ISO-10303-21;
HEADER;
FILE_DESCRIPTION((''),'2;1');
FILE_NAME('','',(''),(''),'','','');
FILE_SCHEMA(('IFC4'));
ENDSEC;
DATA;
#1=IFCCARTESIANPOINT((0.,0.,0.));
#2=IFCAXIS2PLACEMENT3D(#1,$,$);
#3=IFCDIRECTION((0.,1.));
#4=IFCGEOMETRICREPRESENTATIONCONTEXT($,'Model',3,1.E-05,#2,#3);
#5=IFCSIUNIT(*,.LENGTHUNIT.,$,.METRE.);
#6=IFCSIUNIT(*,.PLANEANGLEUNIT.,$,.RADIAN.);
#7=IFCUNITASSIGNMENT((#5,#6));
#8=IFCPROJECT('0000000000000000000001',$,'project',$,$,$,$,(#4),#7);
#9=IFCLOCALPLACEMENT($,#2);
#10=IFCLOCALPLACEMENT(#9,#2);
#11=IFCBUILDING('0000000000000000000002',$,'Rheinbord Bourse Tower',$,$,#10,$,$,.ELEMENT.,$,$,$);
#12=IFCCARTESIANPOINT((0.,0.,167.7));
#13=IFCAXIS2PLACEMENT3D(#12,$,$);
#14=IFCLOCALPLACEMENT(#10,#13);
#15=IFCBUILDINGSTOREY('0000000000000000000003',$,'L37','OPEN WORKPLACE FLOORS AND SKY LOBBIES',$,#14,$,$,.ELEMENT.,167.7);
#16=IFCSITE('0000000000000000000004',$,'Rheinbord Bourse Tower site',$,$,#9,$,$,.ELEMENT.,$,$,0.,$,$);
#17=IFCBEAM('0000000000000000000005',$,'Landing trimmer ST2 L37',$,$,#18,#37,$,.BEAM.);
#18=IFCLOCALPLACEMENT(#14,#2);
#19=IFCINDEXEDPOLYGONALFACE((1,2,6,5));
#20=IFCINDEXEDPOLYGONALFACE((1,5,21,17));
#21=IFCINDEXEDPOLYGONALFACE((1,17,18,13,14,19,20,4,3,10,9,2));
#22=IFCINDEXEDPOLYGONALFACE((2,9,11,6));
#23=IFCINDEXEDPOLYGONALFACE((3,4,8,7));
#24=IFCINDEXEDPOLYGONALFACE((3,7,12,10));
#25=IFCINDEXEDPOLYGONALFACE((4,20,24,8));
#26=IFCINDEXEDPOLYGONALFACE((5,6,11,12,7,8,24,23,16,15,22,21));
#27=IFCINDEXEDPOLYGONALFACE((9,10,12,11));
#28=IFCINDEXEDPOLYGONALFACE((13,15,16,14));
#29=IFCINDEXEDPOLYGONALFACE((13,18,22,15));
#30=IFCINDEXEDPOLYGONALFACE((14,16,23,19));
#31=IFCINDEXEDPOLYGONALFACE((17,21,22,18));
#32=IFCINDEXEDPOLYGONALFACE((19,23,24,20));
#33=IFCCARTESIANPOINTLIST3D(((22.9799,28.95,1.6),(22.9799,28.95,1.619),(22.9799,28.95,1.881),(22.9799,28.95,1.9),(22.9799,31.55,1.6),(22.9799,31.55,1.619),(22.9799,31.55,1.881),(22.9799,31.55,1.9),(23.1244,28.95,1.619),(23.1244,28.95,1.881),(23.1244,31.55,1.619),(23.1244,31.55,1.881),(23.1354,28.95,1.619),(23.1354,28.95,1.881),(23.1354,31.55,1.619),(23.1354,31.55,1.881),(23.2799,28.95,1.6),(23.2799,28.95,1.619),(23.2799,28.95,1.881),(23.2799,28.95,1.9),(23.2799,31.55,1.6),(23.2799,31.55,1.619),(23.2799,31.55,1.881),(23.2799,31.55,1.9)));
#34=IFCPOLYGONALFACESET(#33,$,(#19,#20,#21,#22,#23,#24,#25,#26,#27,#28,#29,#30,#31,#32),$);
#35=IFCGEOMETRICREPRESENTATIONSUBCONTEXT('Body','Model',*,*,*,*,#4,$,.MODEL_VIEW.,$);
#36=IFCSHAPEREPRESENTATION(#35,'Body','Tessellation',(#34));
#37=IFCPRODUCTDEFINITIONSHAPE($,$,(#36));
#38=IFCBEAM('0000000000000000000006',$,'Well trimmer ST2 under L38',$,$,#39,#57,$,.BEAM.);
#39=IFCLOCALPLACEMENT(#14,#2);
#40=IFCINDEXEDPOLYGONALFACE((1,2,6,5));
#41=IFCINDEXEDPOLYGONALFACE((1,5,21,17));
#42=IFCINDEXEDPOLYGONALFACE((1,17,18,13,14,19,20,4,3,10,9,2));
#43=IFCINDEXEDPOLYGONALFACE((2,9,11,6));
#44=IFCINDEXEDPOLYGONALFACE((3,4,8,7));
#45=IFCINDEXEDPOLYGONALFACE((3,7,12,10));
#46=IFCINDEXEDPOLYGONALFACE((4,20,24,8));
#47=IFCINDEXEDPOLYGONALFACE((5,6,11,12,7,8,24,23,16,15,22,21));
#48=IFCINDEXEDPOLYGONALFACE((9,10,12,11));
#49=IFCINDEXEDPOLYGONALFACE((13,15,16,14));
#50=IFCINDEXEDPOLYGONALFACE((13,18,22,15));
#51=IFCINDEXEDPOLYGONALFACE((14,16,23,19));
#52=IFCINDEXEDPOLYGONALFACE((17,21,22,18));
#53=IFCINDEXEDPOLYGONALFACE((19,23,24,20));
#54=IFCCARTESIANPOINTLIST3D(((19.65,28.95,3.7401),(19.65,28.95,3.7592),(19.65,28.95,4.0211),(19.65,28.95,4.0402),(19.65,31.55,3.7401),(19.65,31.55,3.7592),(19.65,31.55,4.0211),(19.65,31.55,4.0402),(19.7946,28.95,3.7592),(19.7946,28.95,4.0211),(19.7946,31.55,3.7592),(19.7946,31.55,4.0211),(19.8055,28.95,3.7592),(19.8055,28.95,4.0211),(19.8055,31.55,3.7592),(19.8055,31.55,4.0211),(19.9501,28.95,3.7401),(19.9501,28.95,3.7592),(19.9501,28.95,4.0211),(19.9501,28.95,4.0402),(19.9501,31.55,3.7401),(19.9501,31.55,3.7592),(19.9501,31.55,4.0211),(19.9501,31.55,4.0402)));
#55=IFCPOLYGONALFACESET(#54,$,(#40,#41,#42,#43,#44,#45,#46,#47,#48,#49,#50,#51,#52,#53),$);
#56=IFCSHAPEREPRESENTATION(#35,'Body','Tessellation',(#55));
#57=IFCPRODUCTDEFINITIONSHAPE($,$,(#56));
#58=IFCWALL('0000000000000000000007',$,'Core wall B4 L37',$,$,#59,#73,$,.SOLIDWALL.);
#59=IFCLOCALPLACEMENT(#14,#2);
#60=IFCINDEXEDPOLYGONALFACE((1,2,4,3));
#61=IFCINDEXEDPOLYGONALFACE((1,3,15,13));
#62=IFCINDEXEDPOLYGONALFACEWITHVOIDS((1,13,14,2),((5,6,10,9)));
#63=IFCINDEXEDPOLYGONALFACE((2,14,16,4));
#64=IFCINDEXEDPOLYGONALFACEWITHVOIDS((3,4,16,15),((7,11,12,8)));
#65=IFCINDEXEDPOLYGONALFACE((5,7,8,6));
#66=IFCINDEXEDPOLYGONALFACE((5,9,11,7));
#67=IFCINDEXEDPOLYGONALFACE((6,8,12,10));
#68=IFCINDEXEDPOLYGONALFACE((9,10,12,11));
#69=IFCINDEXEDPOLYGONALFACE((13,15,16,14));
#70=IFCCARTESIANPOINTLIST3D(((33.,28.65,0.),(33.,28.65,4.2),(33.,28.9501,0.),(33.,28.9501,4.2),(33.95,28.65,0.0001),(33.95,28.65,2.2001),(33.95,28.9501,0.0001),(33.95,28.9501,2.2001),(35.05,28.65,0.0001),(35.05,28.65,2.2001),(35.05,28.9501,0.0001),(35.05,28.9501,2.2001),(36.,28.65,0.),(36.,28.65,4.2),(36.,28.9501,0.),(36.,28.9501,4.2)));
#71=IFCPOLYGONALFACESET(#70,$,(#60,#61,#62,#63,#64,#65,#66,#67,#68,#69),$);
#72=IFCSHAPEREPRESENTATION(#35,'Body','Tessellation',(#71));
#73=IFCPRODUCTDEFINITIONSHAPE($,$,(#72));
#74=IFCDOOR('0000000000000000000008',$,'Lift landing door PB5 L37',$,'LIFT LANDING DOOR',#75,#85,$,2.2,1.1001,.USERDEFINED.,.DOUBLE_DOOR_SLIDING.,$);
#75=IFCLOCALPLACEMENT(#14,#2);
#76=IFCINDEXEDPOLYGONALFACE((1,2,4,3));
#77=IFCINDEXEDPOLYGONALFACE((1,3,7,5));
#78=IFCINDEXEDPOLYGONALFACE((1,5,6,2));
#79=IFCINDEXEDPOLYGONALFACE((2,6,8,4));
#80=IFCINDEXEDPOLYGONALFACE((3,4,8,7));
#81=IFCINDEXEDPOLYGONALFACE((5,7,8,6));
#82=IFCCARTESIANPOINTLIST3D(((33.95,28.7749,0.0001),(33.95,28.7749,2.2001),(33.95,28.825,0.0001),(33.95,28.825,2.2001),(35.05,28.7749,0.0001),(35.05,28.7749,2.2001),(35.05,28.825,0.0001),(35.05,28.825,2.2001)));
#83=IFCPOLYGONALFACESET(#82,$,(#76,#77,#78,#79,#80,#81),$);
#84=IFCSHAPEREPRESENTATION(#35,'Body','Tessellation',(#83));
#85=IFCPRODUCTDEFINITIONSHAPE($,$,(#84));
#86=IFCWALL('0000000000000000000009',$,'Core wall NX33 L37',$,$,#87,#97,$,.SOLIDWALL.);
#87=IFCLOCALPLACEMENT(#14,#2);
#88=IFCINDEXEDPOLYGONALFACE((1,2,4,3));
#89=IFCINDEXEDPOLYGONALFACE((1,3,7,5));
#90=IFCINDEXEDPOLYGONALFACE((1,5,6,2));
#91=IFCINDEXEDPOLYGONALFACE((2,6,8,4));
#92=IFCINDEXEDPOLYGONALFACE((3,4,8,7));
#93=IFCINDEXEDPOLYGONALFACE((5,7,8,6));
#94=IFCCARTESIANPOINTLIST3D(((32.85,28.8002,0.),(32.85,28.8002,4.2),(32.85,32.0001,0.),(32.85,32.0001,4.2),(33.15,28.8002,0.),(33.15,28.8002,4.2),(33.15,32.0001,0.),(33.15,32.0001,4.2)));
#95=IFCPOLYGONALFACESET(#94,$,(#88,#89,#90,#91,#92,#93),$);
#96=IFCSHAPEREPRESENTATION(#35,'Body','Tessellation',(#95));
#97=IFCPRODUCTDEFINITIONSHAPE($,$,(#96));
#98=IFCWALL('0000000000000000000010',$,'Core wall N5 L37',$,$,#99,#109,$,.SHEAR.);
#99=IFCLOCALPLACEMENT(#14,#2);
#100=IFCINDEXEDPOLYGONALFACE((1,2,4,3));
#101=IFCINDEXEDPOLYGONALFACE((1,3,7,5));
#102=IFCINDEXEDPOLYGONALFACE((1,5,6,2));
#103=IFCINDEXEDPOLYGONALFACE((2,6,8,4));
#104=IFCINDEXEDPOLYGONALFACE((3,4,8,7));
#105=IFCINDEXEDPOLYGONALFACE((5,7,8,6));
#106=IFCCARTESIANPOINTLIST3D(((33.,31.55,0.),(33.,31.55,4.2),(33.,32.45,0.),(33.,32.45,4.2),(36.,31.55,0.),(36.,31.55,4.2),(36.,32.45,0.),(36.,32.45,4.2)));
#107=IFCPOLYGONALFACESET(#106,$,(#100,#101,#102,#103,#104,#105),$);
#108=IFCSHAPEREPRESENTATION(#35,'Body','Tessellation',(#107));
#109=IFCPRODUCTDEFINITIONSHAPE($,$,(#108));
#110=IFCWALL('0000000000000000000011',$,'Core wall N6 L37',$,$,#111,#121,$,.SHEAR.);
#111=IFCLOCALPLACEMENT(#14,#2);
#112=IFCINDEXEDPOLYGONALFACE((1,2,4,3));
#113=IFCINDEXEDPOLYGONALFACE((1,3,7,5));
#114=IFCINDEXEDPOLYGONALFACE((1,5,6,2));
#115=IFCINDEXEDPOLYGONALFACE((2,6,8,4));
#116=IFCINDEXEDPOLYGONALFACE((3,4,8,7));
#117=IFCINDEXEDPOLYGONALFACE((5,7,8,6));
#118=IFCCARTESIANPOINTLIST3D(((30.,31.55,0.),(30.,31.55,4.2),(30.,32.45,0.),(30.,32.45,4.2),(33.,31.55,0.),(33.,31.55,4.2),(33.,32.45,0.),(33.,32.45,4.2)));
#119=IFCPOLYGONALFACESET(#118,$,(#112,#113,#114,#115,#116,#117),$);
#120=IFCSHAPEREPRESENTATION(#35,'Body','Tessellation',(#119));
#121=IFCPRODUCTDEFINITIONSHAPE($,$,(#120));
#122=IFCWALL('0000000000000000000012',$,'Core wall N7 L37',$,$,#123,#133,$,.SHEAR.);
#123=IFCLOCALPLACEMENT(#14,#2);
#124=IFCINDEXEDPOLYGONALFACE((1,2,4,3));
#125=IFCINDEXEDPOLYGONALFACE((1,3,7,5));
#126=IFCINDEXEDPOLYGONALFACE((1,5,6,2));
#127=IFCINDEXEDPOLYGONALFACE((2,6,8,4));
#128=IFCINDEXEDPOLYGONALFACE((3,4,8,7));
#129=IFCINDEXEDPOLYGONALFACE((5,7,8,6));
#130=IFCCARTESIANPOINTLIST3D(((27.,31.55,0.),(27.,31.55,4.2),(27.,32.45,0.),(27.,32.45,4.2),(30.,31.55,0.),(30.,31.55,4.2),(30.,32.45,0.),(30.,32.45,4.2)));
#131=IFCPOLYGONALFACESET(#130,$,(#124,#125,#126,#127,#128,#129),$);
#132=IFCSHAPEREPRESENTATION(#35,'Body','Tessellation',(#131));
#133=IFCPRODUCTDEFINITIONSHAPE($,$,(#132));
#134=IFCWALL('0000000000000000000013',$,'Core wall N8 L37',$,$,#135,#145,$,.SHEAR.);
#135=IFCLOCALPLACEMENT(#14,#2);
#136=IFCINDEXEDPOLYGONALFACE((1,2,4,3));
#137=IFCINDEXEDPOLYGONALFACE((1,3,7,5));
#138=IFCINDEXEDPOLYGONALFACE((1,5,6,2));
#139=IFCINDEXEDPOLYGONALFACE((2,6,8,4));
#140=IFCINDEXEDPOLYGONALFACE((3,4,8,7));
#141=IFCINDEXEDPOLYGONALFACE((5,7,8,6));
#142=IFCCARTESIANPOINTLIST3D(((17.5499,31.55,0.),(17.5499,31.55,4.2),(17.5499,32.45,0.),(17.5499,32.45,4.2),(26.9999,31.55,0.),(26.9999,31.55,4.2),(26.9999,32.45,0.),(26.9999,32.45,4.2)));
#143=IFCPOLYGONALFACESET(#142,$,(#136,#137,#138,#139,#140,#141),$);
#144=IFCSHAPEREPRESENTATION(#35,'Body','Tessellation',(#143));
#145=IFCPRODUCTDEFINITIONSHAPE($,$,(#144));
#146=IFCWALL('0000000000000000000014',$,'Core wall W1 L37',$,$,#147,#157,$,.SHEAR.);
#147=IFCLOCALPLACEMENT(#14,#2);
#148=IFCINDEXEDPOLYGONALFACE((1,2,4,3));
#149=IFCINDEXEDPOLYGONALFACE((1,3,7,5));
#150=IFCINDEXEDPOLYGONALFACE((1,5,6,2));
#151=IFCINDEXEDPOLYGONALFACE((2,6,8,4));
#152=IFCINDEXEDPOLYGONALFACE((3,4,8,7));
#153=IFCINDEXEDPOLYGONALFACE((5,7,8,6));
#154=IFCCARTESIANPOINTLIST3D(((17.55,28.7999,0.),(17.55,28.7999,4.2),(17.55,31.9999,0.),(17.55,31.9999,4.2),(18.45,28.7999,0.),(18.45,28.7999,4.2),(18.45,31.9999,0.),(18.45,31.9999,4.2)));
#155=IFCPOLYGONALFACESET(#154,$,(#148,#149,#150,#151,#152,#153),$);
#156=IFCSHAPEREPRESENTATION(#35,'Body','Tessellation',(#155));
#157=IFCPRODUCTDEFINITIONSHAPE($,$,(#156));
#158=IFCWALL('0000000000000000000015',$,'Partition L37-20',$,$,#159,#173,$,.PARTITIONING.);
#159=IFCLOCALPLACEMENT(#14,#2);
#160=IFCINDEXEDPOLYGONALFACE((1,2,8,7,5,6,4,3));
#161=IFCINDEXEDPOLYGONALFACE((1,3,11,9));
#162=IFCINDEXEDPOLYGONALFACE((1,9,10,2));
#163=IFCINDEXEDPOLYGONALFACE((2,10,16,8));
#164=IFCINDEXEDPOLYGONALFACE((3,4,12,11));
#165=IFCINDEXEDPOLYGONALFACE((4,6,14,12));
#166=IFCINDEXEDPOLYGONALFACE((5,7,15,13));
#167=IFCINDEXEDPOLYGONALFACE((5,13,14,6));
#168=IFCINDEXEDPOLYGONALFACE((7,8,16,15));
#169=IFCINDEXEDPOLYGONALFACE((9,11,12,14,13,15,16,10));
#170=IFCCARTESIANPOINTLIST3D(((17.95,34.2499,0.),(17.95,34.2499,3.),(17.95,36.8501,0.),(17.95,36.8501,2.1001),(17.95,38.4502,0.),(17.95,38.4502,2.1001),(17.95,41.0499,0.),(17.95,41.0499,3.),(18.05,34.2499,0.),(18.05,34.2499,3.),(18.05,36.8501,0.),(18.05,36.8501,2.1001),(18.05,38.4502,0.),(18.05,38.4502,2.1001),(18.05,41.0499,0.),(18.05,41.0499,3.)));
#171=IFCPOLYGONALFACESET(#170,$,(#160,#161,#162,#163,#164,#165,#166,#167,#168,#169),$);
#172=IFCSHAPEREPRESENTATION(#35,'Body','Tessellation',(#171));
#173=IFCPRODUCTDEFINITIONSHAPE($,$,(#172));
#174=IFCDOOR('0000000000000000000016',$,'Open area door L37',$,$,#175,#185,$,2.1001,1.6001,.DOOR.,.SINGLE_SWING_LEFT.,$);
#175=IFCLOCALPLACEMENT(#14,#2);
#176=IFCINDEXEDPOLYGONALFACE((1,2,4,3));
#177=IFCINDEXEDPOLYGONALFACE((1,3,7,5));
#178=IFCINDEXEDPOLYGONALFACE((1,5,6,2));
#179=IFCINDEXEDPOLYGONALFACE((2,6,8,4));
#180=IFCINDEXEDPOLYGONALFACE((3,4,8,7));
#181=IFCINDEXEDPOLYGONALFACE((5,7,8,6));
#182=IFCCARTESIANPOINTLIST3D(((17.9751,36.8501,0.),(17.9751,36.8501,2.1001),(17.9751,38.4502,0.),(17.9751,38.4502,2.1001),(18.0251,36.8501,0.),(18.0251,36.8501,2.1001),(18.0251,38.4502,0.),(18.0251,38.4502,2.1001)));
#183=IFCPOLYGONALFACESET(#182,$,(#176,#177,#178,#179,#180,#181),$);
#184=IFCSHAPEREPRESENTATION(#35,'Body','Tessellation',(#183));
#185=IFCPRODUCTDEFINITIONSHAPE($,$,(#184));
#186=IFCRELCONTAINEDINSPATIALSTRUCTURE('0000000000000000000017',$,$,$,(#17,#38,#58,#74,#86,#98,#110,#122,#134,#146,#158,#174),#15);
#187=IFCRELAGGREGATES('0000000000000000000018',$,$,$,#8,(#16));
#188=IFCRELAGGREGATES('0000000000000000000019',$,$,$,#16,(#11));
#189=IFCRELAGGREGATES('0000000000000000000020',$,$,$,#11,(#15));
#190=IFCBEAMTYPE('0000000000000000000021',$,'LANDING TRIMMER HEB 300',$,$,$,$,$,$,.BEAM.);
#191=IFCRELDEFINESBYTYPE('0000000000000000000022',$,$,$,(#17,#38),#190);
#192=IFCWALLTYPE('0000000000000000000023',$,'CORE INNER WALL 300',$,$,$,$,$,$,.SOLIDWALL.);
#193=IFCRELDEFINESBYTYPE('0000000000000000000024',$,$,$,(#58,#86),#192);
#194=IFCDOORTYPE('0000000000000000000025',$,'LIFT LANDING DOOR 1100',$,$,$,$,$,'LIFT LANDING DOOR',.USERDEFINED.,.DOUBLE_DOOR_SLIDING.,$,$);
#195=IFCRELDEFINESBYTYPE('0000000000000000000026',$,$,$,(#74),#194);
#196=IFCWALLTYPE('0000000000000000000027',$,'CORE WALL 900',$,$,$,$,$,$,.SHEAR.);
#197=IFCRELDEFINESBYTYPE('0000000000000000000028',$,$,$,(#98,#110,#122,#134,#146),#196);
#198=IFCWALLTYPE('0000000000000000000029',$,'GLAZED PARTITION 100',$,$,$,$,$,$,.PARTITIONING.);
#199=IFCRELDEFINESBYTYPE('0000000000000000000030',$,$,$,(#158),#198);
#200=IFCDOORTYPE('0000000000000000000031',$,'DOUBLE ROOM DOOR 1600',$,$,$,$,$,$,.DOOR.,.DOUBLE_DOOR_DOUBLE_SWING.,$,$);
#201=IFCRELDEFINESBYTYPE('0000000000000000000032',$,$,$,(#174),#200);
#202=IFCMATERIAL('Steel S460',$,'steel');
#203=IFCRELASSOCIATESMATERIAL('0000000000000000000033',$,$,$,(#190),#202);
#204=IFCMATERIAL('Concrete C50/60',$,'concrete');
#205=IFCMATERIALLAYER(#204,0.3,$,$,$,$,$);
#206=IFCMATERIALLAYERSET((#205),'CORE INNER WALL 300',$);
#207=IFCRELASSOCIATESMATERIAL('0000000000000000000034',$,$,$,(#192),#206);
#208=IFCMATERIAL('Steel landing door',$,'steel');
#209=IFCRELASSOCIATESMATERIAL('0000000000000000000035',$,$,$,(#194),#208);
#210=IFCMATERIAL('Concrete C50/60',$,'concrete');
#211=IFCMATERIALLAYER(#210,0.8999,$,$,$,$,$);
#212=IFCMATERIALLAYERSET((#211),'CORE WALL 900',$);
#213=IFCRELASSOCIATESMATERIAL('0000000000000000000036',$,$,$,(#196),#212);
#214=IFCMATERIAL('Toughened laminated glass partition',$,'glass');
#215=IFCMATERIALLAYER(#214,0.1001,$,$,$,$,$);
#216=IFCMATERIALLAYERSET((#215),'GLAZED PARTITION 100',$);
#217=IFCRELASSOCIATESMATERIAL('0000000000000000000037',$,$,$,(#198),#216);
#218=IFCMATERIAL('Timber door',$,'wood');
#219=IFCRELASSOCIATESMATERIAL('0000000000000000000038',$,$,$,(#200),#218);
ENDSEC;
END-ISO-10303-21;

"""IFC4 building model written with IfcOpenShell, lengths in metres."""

from ifc_helpers import new_model, si_unit, direction, frame, frame_2d, origin, origin_2d, place, context, subcontext, project, spatial, rectangle, i_section, extrude, material, layer, layer_set, material_profile, profile_set, type_object, element, fill, save


model = new_model("IFC4")

# Units and contexts
model_context = context("Model", 3, precision=1e-05, world=origin(), true_north=direction((0.0, 1.0)))
body_context = subcontext(model_context, "Body", "Model", "MODEL_VIEW")
ifc_project = project(units=[si_unit("LENGTHUNIT", "METRE"), si_unit("PLANEANGLEUNIT", "RADIAN")], contexts=[model_context])

# Site, building, storey
site_placement = place(None, origin())
site = spatial("IfcSite", under=ifc_project, at=site_placement, Name="Rheinbord Bourse Tower site", CompositionType="ELEMENT", RefElevation=0.0)
building_placement = place(site_placement, origin())
building = spatial("IfcBuilding", under=site, at=building_placement, Name="Rheinbord Bourse Tower", CompositionType="ELEMENT")
storey_placement = place(building_placement, frame((0.0, 0.0, 167.7)))
storey = spatial("IfcBuildingStorey", under=building, at=storey_placement, Name="L37", Description="OPEN WORKPLACE FLOORS AND SKY LOBBIES", CompositionType="ELEMENT", Elevation=167.7)

# Beams
ifc_material_1 = material(Name="Steel S460", Category="steel")
ifc_material_profile = material_profile(ifc_material_1, i_section(OverallWidth=0.3, OverallDepth=0.3, WebThickness=0.011, FlangeThickness=0.019, at=origin_2d()), Name="HEB 300")
ifc_profile_set = profile_set([ifc_material_profile], Name="Steel S460")
beam_type = type_object("IfcBeamType", Name="LANDING TRIMMER HEB 300", PredefinedType="BEAM", material=ifc_profile_set)
for number, where, z_axis, x_axis, name in (
    (1, (23.1299, 28.95, 1.75), (0.0, 1.0, 0.0), (-1.0, 0.0, 0.0), "Landing trimmer ST2 L37"),
    (2, (19.8, 28.95, 3.8901), (0.0, 1.0, 0.0), (-1.0, 0.0, 0.0), "Well trimmer ST2 under L38"),
):
    element("IfcBeam", number, at=place(storey_placement, frame(where, z_axis=z_axis, x_axis=x_axis)), inside=storey, type_object=beam_type, Name=name, PredefinedType="BEAM", context=body_context, shape_type="SweptSolid", body=[
        extrude(i_section(OverallWidth=0.3, OverallDepth=0.3, WebThickness=0.011, FlangeThickness=0.019, at=origin_2d()), origin(), (0.0, 0.0, 1.0), 2.6001),
    ])

# Wall, opening, door
ifc_material_2 = material(Name="Concrete C50/60", Category="concrete")
ifc_layer_1 = layer(ifc_material_2, 0.3)
ifc_layer_set_1 = layer_set([ifc_layer_1], Name="CORE INNER WALL 300")
wall_type_1 = type_object("IfcWallType", Name="CORE INNER WALL 300", PredefinedType="SOLIDWALL", material=ifc_layer_set_1)
wall_1_placement = place(storey_placement, frame((33.0, 28.8, 0.0), z_axis=(0.0, 0.0, 1.0), x_axis=(1.0, 0.0, 0.0)))
wall_1 = element("IfcWall", 3, at=wall_1_placement, inside=storey, type_object=wall_type_1, Name="Core wall B4 L37", PredefinedType="SOLIDWALL", context=body_context, shape_type="SweptSolid", body=[
    extrude(rectangle(XDim=3.0, YDim=0.3, at=frame_2d((1.5, 0.0))), origin(), (0.0, 0.0, 1.0), 4.2),
])
opening_1_placement = place(wall_1_placement, frame((0.95, 0.0, 0.0)))
opening_1 = element("IfcOpeningElement", 4, at=opening_1_placement, cuts=wall_1, PredefinedType="OPENING", context=body_context, shape_type="SweptSolid", body=[
    extrude(rectangle(XDim=1.1001, YDim=2.2, at=frame_2d((0.55, 1.1001))), frame((0.0, 0.1599, 0.0), z_axis=(0.0, -1.0, 0.0), x_axis=(1.0, 0.0, 0.0)), (0.0, 0.0, 1.0), 0.3201),
])
ifc_material_3 = material(Name="Steel landing door", Category="steel")
door_type_1 = type_object("IfcDoorType", Name="LIFT LANDING DOOR 1100", ElementType="LIFT LANDING DOOR", OperationType="DOUBLE_DOOR_SLIDING", PredefinedType="USERDEFINED", material=ifc_material_3)
door_1_placement = place(opening_1_placement, origin())
door_1 = element("IfcDoor", 5, at=door_1_placement, inside=storey, type_object=door_type_1, Name="Lift landing door PB5 L37", ObjectType="LIFT LANDING DOOR", OperationType="DOUBLE_DOOR_SLIDING", OverallHeight=2.2, OverallWidth=1.1001, PredefinedType="USERDEFINED", context=body_context, shape_type="SweptSolid", body=[
    extrude(rectangle(XDim=1.1001, YDim=2.2, at=frame_2d((0.55, 1.1001))), frame((0.0, 0.0249, 0.0), z_axis=(0.0, -1.0, 0.0), x_axis=(1.0, 0.0, 0.0)), (0.0, 0.0, 1.0), 0.05),
])
fill(opening_1, door_1)

# Walls
wall_2_placement = place(storey_placement, frame((33.0, 28.8, 0.0), z_axis=(0.0, 0.0, 1.0), x_axis=(0.0, 1.0, 0.0)))
element("IfcWall", 6, at=wall_2_placement, inside=storey, type_object=wall_type_1, Name="Core wall NX33 L37", PredefinedType="SOLIDWALL", context=body_context, shape_type="SweptSolid", body=[
    extrude(rectangle(XDim=3.2, YDim=0.3, at=frame_2d((1.6001, 0.0))), origin(), (0.0, 0.0, 1.0), 4.2),
])
ifc_material_4 = material(Name="Concrete C50/60", Category="concrete")
ifc_layer_2 = layer(ifc_material_4, 0.8999)
ifc_layer_set_2 = layer_set([ifc_layer_2], Name="CORE WALL 900")
wall_type_2 = type_object("IfcWallType", Name="CORE WALL 900", PredefinedType="SHEAR", material=ifc_layer_set_2)
for number, where, z_axis, x_axis, name in (
    (7, (36.0, 32.0, 0.0), (0.0, 0.0, 1.0), (-1.0, 0.0, 0.0), "Core wall N5 L37"),
    (8, (33.0, 32.0, 0.0), (0.0, 0.0, 1.0), (-1.0, 0.0, 0.0), "Core wall N6 L37"),
    (9, (30.0, 32.0, 0.0), (0.0, 0.0, 1.0), (-1.0, 0.0, 0.0), "Core wall N7 L37"),
):
    element("IfcWall", number, at=place(storey_placement, frame(where, z_axis=z_axis, x_axis=x_axis)), inside=storey, type_object=wall_type_2, Name=name, PredefinedType="SHEAR", context=body_context, shape_type="SweptSolid", body=[
        extrude(rectangle(XDim=3.0, YDim=0.8999, at=frame_2d((1.5, 0.0))), origin(), (0.0, 0.0, 1.0), 4.2),
    ])
wall_3_placement = place(storey_placement, frame((27.0, 32.0, 0.0), z_axis=(0.0, 0.0, 1.0), x_axis=(-1.0, 0.0, 0.0)))
element("IfcWall", 10, at=wall_3_placement, inside=storey, type_object=wall_type_2, Name="Core wall N8 L37", PredefinedType="SHEAR", context=body_context, shape_type="SweptSolid", body=[
    extrude(rectangle(XDim=9.45, YDim=0.8999, at=frame_2d((4.7251, 0.0))), origin(), (0.0, 0.0, 1.0), 4.2),
])
wall_4_placement = place(storey_placement, frame((18.0, 32.0, 0.0), z_axis=(0.0, 0.0, 1.0), x_axis=(0.0, -1.0, 0.0)))
element("IfcWall", 11, at=wall_4_placement, inside=storey, type_object=wall_type_2, Name="Core wall W1 L37", PredefinedType="SHEAR", context=body_context, shape_type="SweptSolid", body=[
    extrude(rectangle(XDim=3.2, YDim=0.8999, at=frame_2d((1.6001, 0.0))), origin(), (0.0, 0.0, 1.0), 4.2),
])

# Wall, opening, door
ifc_material_5 = material(Name="Toughened laminated glass partition", Category="glass")
ifc_layer_3 = layer(ifc_material_5, 0.1001)
ifc_layer_set_3 = layer_set([ifc_layer_3], Name="GLAZED PARTITION 100")
wall_type_3 = type_object("IfcWallType", Name="GLAZED PARTITION 100", PredefinedType="PARTITIONING", material=ifc_layer_set_3)
wall_5_placement = place(storey_placement, frame((18.0, 34.25, 0.0), z_axis=(0.0, 0.0, 1.0), x_axis=(0.0, 1.0, 0.0)))
wall_5 = element("IfcWall", 12, at=wall_5_placement, inside=storey, type_object=wall_type_3, Name="Partition L37-20", PredefinedType="PARTITIONING", context=body_context, shape_type="SweptSolid", body=[
    extrude(rectangle(XDim=6.8, YDim=0.1001, at=frame_2d((3.3999, 0.0))), origin(), (0.0, 0.0, 1.0), 3.0),
])
opening_2_placement = place(wall_5_placement, frame((2.6001, 0.0, 0.0)))
opening_2 = element("IfcOpeningElement", 13, at=opening_2_placement, cuts=wall_5, PredefinedType="OPENING", context=body_context, shape_type="SweptSolid", body=[
    extrude(rectangle(XDim=1.6001, YDim=2.1001, at=frame_2d((0.8, 1.05))), frame((0.0, 0.0601, 0.0), z_axis=(0.0, -1.0, 0.0), x_axis=(1.0, 0.0, 0.0)), (0.0, 0.0, 1.0), 0.1201),
])
ifc_material_6 = material(Name="Timber door", Category="wood")
door_type_2 = type_object("IfcDoorType", Name="DOUBLE ROOM DOOR 1600", OperationType="DOUBLE_DOOR_DOUBLE_SWING", PredefinedType="DOOR", material=ifc_material_6)
door_2_placement = place(opening_2_placement, origin())
door_2 = element("IfcDoor", 14, at=door_2_placement, inside=storey, type_object=door_type_2, Name="Open area door L37", OperationType="SINGLE_SWING_LEFT", OverallHeight=2.1001, OverallWidth=1.6001, PredefinedType="DOOR", context=body_context, shape_type="SweptSolid", body=[
    extrude(rectangle(XDim=1.6001, YDim=2.1001, at=frame_2d((0.8, 1.05))), frame((0.0, 0.0249, 0.0), z_axis=(0.0, -1.0, 0.0), x_axis=(1.0, 0.0, 0.0)), (0.0, 0.0, 1.0), 0.05),
])
fill(opening_2, door_2)

save(model, "model.ifc")
